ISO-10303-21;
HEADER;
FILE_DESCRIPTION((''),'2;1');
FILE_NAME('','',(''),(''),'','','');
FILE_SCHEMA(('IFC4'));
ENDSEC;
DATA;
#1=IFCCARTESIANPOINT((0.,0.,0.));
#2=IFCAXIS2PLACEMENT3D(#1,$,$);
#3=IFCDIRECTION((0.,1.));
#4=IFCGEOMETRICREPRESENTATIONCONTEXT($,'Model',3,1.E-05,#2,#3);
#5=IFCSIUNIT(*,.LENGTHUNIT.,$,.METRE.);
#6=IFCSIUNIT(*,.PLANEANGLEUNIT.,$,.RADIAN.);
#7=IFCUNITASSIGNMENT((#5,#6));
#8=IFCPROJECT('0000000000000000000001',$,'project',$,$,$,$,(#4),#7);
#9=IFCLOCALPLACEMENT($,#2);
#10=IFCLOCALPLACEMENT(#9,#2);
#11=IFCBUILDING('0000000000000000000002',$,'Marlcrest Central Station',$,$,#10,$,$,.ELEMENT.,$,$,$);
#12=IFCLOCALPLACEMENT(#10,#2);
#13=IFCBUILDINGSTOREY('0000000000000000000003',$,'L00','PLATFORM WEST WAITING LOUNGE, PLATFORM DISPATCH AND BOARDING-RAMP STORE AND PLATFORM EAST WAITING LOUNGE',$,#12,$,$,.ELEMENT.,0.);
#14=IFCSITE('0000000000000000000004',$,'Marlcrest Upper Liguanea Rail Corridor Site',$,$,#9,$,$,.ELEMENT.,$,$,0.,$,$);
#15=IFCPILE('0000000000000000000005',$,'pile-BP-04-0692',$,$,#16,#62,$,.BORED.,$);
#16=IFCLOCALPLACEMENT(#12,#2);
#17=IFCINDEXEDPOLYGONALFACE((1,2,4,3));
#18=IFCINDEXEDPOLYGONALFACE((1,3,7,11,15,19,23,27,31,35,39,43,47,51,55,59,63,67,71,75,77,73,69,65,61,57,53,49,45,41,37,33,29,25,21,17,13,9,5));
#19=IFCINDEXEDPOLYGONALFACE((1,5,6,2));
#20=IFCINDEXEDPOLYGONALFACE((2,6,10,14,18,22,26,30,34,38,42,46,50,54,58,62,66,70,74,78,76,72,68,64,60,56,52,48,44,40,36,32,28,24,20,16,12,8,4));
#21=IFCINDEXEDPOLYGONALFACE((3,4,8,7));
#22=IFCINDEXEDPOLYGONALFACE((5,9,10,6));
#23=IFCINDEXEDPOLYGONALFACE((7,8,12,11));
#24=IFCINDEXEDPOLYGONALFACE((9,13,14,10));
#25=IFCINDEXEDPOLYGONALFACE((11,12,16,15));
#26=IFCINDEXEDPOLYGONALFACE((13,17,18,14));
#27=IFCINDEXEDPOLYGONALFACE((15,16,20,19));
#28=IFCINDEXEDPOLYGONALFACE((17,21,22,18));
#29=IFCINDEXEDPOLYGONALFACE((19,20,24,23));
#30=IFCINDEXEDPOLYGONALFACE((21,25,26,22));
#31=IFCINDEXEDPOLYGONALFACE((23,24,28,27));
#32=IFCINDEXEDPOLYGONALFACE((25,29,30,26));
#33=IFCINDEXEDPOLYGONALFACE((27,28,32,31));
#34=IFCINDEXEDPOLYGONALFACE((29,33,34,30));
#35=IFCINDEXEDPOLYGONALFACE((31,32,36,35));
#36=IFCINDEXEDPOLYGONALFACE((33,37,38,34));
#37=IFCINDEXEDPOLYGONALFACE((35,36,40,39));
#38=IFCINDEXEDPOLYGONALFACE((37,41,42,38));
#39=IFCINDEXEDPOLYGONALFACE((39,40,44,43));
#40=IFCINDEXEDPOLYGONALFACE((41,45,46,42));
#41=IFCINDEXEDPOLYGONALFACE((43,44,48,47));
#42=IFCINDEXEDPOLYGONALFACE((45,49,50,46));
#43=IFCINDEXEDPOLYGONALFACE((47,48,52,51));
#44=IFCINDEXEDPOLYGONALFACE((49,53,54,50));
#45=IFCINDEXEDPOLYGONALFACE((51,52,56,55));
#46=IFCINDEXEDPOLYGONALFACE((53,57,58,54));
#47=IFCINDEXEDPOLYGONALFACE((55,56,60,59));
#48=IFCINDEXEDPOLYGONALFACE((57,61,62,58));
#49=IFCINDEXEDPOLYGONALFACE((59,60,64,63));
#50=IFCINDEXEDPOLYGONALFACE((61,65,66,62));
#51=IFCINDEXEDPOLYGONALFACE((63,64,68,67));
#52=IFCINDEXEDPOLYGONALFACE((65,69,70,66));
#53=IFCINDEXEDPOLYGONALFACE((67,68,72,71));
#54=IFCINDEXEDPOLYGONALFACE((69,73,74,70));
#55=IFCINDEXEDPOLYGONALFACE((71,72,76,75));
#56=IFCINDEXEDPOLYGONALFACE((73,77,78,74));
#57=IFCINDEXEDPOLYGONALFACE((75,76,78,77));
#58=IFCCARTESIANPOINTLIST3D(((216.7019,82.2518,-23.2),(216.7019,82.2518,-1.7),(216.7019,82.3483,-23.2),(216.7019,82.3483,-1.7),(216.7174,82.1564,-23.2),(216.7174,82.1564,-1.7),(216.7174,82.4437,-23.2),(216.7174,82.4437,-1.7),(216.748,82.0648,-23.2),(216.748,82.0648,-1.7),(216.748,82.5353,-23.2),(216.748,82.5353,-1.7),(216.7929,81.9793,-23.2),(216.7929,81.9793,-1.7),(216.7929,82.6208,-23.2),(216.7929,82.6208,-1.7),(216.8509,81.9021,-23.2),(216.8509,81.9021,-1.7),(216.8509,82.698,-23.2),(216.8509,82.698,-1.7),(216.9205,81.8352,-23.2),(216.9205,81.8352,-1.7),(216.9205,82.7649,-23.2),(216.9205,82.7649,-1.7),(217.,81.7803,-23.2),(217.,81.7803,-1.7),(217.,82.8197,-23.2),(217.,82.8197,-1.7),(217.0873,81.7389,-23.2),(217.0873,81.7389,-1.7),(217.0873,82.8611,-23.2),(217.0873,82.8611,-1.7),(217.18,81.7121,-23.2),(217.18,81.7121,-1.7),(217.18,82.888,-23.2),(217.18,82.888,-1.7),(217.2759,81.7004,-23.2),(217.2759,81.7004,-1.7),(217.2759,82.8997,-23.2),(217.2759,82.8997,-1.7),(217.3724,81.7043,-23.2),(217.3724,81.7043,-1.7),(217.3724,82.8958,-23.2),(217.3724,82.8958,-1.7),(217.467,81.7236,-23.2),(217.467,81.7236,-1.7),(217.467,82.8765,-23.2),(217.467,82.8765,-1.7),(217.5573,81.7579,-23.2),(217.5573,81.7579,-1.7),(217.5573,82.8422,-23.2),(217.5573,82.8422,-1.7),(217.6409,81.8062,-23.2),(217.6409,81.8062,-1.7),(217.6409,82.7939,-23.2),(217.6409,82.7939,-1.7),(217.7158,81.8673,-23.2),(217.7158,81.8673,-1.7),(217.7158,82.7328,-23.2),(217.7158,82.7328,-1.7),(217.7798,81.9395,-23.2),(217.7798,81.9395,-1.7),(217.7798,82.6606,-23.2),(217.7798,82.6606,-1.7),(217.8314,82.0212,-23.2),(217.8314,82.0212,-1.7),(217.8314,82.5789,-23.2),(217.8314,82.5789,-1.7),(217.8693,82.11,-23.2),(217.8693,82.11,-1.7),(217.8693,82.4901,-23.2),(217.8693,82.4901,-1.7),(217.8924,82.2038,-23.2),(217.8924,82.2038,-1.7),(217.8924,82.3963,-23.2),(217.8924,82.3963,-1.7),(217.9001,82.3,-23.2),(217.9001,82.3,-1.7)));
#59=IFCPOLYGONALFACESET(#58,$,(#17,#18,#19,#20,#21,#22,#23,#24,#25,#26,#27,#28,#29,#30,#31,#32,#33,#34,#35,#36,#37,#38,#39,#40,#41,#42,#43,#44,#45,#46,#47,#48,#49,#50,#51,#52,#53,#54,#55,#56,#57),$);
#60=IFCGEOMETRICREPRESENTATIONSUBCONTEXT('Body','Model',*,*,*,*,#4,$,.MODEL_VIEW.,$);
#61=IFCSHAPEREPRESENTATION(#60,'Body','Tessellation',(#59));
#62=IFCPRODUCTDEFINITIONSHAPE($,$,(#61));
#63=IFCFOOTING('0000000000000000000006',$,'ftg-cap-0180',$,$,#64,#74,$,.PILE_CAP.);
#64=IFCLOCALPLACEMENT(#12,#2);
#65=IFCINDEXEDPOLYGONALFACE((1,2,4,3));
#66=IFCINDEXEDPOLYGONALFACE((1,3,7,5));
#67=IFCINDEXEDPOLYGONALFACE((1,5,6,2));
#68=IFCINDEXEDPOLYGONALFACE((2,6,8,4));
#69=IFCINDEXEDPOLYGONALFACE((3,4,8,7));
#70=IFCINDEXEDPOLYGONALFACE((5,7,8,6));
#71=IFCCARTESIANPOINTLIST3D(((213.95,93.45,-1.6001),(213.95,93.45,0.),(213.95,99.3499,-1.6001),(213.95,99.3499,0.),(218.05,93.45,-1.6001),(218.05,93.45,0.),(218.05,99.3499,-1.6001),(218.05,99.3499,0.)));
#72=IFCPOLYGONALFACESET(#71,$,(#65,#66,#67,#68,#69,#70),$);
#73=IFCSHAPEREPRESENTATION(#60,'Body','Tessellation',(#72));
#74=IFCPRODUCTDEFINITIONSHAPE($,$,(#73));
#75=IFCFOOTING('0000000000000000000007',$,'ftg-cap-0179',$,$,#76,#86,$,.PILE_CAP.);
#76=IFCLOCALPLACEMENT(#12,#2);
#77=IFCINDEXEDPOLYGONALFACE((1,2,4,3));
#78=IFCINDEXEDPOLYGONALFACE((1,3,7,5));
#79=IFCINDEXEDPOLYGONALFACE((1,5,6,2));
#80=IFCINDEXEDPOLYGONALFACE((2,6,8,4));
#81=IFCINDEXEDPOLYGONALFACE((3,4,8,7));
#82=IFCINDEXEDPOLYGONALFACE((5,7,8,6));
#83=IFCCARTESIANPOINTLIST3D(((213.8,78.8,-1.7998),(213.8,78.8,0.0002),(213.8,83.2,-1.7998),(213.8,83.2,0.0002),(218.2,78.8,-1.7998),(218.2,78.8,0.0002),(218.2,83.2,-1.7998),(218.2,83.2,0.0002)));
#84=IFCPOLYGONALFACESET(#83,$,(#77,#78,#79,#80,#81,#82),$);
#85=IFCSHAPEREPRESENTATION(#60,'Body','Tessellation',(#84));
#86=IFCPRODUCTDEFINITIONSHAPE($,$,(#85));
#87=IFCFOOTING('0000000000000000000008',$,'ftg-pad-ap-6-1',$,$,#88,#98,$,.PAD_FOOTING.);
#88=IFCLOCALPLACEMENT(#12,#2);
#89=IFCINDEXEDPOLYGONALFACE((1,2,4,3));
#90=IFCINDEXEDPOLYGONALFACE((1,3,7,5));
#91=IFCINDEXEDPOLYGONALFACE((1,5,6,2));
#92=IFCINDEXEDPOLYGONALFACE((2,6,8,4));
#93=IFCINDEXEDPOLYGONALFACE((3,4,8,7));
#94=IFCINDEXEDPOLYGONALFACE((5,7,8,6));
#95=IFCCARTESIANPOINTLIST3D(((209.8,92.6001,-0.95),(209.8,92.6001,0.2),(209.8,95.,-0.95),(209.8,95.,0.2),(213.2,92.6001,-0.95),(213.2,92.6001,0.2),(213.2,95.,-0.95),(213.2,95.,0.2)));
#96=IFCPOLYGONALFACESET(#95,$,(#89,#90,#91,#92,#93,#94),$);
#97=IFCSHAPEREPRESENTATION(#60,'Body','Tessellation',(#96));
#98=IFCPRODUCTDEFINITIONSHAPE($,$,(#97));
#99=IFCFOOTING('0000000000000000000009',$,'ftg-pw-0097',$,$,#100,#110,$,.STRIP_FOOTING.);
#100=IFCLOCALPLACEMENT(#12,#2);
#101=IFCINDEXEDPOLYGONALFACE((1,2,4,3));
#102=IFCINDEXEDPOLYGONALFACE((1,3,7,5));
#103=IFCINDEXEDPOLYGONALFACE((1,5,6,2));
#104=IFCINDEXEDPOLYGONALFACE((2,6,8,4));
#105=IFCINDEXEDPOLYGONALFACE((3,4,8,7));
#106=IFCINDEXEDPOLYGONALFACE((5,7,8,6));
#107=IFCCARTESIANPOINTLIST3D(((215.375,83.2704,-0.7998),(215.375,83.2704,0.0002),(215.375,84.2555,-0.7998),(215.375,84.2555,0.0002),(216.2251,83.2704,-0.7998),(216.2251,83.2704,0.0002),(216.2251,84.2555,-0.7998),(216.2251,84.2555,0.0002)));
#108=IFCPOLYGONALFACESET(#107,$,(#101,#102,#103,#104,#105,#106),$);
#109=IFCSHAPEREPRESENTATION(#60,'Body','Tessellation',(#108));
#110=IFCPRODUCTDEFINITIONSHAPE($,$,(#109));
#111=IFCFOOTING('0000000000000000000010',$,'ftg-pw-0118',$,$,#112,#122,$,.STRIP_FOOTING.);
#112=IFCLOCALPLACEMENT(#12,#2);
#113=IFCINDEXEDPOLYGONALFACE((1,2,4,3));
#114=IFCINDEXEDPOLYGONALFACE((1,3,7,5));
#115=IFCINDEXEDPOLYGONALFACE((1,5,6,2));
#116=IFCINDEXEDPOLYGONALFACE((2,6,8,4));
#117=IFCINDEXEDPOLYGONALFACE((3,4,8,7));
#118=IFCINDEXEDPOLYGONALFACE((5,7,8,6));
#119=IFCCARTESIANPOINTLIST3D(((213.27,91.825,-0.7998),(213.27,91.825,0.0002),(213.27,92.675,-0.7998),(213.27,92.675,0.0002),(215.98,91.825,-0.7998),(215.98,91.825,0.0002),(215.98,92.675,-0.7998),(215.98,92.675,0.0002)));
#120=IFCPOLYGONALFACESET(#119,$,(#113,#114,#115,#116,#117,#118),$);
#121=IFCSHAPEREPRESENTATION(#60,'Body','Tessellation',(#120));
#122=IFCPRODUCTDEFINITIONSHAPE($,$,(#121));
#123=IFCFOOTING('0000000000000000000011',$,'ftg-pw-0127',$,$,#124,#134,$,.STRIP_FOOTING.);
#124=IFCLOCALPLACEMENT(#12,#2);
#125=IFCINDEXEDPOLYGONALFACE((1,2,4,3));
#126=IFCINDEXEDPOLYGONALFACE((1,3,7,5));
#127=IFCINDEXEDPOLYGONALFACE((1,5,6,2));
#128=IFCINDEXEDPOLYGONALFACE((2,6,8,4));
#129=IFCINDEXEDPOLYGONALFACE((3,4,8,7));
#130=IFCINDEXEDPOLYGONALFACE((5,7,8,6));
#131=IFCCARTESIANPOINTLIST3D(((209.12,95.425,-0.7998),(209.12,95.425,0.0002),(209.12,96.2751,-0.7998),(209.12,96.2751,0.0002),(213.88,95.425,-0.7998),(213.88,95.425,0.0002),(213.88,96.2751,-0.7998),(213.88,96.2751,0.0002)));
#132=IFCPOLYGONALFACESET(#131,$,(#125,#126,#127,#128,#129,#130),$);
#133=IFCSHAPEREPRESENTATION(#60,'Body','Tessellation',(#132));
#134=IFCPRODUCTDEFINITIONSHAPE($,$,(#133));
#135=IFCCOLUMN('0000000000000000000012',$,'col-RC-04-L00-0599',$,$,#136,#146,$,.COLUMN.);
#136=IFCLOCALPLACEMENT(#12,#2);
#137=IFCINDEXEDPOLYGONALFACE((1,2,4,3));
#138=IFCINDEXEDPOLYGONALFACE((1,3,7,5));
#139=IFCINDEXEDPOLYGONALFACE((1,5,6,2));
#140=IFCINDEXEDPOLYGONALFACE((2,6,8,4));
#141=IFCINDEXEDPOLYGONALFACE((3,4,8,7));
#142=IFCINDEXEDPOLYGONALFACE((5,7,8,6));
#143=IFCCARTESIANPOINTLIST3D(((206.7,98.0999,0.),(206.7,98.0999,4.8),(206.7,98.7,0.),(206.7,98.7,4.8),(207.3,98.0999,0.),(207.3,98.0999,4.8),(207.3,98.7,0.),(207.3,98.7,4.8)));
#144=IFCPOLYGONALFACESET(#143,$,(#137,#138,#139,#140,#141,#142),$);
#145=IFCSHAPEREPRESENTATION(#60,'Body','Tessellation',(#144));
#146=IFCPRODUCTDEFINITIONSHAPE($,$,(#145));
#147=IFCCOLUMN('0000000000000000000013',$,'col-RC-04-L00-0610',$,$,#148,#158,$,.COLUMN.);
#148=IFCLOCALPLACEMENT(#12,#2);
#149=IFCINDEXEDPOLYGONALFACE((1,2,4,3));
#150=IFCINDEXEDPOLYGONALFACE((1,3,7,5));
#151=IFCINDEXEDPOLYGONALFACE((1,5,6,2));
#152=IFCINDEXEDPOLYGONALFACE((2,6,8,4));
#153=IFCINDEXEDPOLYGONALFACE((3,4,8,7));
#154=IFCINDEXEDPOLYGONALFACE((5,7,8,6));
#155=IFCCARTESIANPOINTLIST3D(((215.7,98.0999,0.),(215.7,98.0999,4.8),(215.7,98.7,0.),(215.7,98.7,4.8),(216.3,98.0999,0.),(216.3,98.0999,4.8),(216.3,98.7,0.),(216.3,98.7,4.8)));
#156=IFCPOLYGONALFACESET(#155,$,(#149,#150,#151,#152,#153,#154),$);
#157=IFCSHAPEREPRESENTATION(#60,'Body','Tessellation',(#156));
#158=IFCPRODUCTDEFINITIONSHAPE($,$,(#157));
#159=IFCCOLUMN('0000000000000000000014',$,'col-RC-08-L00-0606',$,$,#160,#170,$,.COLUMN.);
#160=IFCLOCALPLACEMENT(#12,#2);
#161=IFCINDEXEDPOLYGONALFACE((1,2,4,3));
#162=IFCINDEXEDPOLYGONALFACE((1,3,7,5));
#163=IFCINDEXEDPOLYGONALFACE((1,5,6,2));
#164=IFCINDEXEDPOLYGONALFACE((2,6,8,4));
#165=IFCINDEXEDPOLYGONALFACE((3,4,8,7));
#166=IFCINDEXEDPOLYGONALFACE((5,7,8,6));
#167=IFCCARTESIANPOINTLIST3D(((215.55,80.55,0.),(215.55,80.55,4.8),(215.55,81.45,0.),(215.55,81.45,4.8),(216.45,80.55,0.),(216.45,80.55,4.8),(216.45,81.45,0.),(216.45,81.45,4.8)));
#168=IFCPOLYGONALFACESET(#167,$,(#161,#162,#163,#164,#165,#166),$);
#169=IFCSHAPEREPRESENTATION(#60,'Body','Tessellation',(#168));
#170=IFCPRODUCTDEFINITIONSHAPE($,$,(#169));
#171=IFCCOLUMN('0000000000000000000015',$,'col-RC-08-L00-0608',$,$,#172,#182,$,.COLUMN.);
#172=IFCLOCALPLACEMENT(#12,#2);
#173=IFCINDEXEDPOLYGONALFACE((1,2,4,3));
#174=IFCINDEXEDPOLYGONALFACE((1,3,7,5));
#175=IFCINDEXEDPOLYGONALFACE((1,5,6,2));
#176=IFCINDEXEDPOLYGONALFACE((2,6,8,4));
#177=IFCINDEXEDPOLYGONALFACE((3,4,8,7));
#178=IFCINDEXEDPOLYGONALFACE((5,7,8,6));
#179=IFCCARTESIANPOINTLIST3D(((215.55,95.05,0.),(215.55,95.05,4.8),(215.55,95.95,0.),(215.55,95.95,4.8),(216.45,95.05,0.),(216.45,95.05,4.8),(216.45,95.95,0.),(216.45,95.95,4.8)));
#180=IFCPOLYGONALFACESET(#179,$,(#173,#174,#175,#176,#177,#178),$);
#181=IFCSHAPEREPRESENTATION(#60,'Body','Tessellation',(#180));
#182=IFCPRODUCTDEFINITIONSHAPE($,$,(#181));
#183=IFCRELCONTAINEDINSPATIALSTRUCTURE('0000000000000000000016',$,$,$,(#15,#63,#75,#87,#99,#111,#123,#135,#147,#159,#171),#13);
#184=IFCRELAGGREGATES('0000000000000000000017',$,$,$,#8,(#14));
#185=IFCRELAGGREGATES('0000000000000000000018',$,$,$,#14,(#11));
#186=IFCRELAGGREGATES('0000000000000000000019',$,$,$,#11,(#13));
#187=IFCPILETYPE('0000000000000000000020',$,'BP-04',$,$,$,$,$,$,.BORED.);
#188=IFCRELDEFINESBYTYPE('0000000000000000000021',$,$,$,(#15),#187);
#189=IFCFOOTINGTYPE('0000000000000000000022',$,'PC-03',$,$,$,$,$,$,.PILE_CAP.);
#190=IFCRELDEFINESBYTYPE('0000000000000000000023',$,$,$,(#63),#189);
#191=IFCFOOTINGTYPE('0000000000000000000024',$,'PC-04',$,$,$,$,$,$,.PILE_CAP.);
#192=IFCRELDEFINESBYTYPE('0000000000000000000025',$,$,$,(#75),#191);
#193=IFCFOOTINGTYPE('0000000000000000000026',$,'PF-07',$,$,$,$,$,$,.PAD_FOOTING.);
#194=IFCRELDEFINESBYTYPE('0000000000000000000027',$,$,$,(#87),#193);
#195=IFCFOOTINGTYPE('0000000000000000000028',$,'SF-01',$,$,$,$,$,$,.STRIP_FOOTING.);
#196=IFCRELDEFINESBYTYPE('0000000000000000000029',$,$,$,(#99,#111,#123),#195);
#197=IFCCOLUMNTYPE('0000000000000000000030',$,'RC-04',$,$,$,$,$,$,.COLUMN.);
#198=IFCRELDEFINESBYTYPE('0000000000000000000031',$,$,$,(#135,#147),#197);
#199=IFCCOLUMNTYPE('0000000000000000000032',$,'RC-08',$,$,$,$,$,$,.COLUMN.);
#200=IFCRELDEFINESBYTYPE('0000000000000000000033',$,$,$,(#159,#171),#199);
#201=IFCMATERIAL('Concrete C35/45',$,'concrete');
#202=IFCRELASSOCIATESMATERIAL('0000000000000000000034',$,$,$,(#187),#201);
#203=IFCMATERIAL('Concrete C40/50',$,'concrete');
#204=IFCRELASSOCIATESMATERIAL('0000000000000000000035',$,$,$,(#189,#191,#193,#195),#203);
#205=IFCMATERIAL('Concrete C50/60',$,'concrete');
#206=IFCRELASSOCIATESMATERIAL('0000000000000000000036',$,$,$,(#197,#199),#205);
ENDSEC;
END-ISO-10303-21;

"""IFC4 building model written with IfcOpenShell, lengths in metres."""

from ifc_helpers import new_model, si_unit, direction, frame, origin, origin_2d, place, context, subcontext, project, spatial, rectangle, circle, extrude, material, material_profile, profile_set, type_object, element, save


model = new_model("IFC4")

# Units and contexts
model_context = context("Model", 3, precision=1e-05, world=origin(), true_north=direction((0.0, 1.0)))
body_context = subcontext(model_context, "Body", "Model", "MODEL_VIEW")
ifc_project = project(units=[si_unit("LENGTHUNIT", "METRE"), si_unit("PLANEANGLEUNIT", "RADIAN")], contexts=[model_context])

# Site, building, storey
site_placement = place(None, origin())
site = spatial("IfcSite", under=ifc_project, at=site_placement, Name="Marlcrest Upper Liguanea Rail Corridor Site", CompositionType="ELEMENT", RefElevation=0.0)
building_placement = place(site_placement, origin())
building = spatial("IfcBuilding", under=site, at=building_placement, Name="Marlcrest Central Station", CompositionType="ELEMENT")
storey_placement = place(building_placement, origin())
storey = spatial("IfcBuildingStorey", under=building, at=storey_placement, Name="L00", Description="PLATFORM WEST WAITING LOUNGE, PLATFORM DISPATCH AND BOARDING-RAMP STORE AND PLATFORM EAST WAITING LOUNGE", CompositionType="ELEMENT", Elevation=0.0)

# Pile
ifc_material_1 = material(Name="Concrete C35/45", Category="concrete")
ifc_material_profile_1 = material_profile(ifc_material_1, circle(Radius=0.6001, at=origin_2d()), Name="PILE D1200")
ifc_profile_set_1 = profile_set([ifc_material_profile_1], Name="Concrete C35/45")
pile_type_1 = type_object("IfcPileType", Name="BP-04", PredefinedType="BORED", material=ifc_profile_set_1)
for number, where, z_axis, x_axis, name in (
    (1, (217.3, 82.3, -1.7), (0.0, 0.0, -1.0), (1.0, 0.0, 0.0), "pile-BP-04-0692"),
):
    element("IfcPile", number, at=place(storey_placement, frame(where, z_axis=z_axis, x_axis=x_axis)), inside=storey, type_object=pile_type_1, Name=name, PredefinedType="BORED", context=body_context, shape_type="SweptSolid", body=[
        extrude(circle(Radius=0.6001, at=origin_2d()), origin(), (0.0, 0.0, 1.0), 21.5),
    ])

# Footings
ifc_material_2 = material(Name="Concrete C40/50", Category="concrete")
footing_type_1 = type_object("IfcFootingType", Name="PC-03", PredefinedType="PILE_CAP", material=ifc_material_2)
footing_1_placement = place(storey_placement, frame((216.0, 96.3999, -1.6001), z_axis=(0.0, 0.0, 1.0), x_axis=(1.0, 0.0, 0.0)))
element("IfcFooting", 2, at=footing_1_placement, inside=storey, type_object=footing_type_1, Name="ftg-cap-0180", PredefinedType="PILE_CAP", context=body_context, shape_type="SweptSolid", body=[
    extrude(rectangle(XDim=4.1001, YDim=5.8999, at=origin_2d()), origin(), (0.0, 0.0, 1.0), 1.6001),
])
footing_type_2 = type_object("IfcFootingType", Name="PC-04", PredefinedType="PILE_CAP", material=ifc_material_2)
footing_2_placement = place(storey_placement, frame((216.0, 81.0, -1.7998), z_axis=(0.0, 0.0, 1.0), x_axis=(1.0, 0.0, 0.0)))
element("IfcFooting", 3, at=footing_2_placement, inside=storey, type_object=footing_type_2, Name="ftg-cap-0179", PredefinedType="PILE_CAP", context=body_context, shape_type="SweptSolid", body=[
    extrude(rectangle(XDim=4.3999, YDim=4.3999, at=origin_2d()), origin(), (0.0, 0.0, 1.0), 1.8),
])
footing_type_3 = type_object("IfcFootingType", Name="PF-07", PredefinedType="PAD_FOOTING", material=ifc_material_2)
footing_3_placement = place(storey_placement, frame((211.5, 93.8, -0.95), z_axis=(0.0, 0.0, 1.0), x_axis=(1.0, 0.0, 0.0)))
element("IfcFooting", 4, at=footing_3_placement, inside=storey, type_object=footing_type_3, Name="ftg-pad-ap-6-1", PredefinedType="PAD_FOOTING", context=body_context, shape_type="SweptSolid", body=[
    extrude(rectangle(XDim=3.3999, YDim=2.3999, at=origin_2d()), origin(), (0.0, 0.0, 1.0), 1.1499),
])
footing_type_4 = type_object("IfcFootingType", Name="SF-01", PredefinedType="STRIP_FOOTING", material=ifc_material_2)
footing_4_placement = place(storey_placement, frame((215.8, 83.7629, -0.7998), z_axis=(0.0, 0.0, 1.0), x_axis=(1.0, 0.0, 0.0)))
element("IfcFooting", 5, at=footing_4_placement, inside=storey, type_object=footing_type_4, Name="ftg-pw-0097", PredefinedType="STRIP_FOOTING", context=body_context, shape_type="SweptSolid", body=[
    extrude(rectangle(XDim=0.8501, YDim=0.9851, at=origin_2d()), origin(), (0.0, 0.0, 1.0), 0.8),
])
footing_5_placement = place(storey_placement, frame((214.625, 92.25, -0.7998), z_axis=(0.0, 0.0, 1.0), x_axis=(1.0, 0.0, 0.0)))
element("IfcFooting", 6, at=footing_5_placement, inside=storey, type_object=footing_type_4, Name="ftg-pw-0118", PredefinedType="STRIP_FOOTING", context=body_context, shape_type="SweptSolid", body=[
    extrude(rectangle(XDim=2.71, YDim=0.8501, at=origin_2d()), origin(), (0.0, 0.0, 1.0), 0.8),
])
footing_6_placement = place(storey_placement, frame((211.5, 95.8501, -0.7998), z_axis=(0.0, 0.0, 1.0), x_axis=(1.0, 0.0, 0.0)))
element("IfcFooting", 7, at=footing_6_placement, inside=storey, type_object=footing_type_4, Name="ftg-pw-0127", PredefinedType="STRIP_FOOTING", context=body_context, shape_type="SweptSolid", body=[
    extrude(rectangle(XDim=4.76, YDim=0.8501, at=origin_2d()), origin(), (0.0, 0.0, 1.0), 0.8),
])

# Columns
ifc_material_3 = material(Name="Concrete C50/60", Category="concrete")
ifc_material_profile_2 = material_profile(ifc_material_3, rectangle(XDim=0.6001, YDim=0.6001, at=origin_2d()), Name="RC 600x600")
ifc_profile_set_2 = profile_set([ifc_material_profile_2], Name="Concrete C50/60")
column_type_1 = type_object("IfcColumnType", Name="RC-04", PredefinedType="COLUMN", material=ifc_profile_set_2)
for number, where, z_axis, x_axis, name in (
    (8, (207.0, 98.3999, 0.0), (0.0, 0.0, 1.0), (1.0, 0.0, 0.0), "col-RC-04-L00-0599"),
    (9, (216.0, 98.3999, 0.0), (0.0, 0.0, 1.0), (1.0, 0.0, 0.0), "col-RC-04-L00-0610"),
):
    element("IfcColumn", number, at=place(storey_placement, frame(where, z_axis=z_axis, x_axis=x_axis)), inside=storey, type_object=column_type_1, Name=name, PredefinedType="COLUMN", context=body_context, shape_type="SweptSolid", body=[
        extrude(rectangle(XDim=0.6001, YDim=0.6001, at=origin_2d()), origin(), (0.0, 0.0, 1.0), 4.8),
    ])
ifc_material_profile_3 = material_profile(ifc_material_3, rectangle(XDim=0.8999, YDim=0.8999, at=origin_2d()), Name="RC 900x900")
ifc_profile_set_3 = profile_set([ifc_material_profile_3], Name="Concrete C50/60")
column_type_2 = type_object("IfcColumnType", Name="RC-08", PredefinedType="COLUMN", material=ifc_profile_set_3)
for number, where, z_axis, x_axis, name in (
    (10, (216.0, 81.0, 0.0), (0.0, 0.0, 1.0), (1.0, 0.0, 0.0), "col-RC-08-L00-0606"),
    (11, (216.0, 95.5, 0.0), (0.0, 0.0, 1.0), (1.0, 0.0, 0.0), "col-RC-08-L00-0608"),
):
    element("IfcColumn", number, at=place(storey_placement, frame(where, z_axis=z_axis, x_axis=x_axis)), inside=storey, type_object=column_type_2, Name=name, PredefinedType="COLUMN", context=body_context, shape_type="SweptSolid", body=[
        extrude(rectangle(XDim=0.8999, YDim=0.8999, at=origin_2d()), origin(), (0.0, 0.0, 1.0), 4.8),
    ])

save(model, "model.ifc")
